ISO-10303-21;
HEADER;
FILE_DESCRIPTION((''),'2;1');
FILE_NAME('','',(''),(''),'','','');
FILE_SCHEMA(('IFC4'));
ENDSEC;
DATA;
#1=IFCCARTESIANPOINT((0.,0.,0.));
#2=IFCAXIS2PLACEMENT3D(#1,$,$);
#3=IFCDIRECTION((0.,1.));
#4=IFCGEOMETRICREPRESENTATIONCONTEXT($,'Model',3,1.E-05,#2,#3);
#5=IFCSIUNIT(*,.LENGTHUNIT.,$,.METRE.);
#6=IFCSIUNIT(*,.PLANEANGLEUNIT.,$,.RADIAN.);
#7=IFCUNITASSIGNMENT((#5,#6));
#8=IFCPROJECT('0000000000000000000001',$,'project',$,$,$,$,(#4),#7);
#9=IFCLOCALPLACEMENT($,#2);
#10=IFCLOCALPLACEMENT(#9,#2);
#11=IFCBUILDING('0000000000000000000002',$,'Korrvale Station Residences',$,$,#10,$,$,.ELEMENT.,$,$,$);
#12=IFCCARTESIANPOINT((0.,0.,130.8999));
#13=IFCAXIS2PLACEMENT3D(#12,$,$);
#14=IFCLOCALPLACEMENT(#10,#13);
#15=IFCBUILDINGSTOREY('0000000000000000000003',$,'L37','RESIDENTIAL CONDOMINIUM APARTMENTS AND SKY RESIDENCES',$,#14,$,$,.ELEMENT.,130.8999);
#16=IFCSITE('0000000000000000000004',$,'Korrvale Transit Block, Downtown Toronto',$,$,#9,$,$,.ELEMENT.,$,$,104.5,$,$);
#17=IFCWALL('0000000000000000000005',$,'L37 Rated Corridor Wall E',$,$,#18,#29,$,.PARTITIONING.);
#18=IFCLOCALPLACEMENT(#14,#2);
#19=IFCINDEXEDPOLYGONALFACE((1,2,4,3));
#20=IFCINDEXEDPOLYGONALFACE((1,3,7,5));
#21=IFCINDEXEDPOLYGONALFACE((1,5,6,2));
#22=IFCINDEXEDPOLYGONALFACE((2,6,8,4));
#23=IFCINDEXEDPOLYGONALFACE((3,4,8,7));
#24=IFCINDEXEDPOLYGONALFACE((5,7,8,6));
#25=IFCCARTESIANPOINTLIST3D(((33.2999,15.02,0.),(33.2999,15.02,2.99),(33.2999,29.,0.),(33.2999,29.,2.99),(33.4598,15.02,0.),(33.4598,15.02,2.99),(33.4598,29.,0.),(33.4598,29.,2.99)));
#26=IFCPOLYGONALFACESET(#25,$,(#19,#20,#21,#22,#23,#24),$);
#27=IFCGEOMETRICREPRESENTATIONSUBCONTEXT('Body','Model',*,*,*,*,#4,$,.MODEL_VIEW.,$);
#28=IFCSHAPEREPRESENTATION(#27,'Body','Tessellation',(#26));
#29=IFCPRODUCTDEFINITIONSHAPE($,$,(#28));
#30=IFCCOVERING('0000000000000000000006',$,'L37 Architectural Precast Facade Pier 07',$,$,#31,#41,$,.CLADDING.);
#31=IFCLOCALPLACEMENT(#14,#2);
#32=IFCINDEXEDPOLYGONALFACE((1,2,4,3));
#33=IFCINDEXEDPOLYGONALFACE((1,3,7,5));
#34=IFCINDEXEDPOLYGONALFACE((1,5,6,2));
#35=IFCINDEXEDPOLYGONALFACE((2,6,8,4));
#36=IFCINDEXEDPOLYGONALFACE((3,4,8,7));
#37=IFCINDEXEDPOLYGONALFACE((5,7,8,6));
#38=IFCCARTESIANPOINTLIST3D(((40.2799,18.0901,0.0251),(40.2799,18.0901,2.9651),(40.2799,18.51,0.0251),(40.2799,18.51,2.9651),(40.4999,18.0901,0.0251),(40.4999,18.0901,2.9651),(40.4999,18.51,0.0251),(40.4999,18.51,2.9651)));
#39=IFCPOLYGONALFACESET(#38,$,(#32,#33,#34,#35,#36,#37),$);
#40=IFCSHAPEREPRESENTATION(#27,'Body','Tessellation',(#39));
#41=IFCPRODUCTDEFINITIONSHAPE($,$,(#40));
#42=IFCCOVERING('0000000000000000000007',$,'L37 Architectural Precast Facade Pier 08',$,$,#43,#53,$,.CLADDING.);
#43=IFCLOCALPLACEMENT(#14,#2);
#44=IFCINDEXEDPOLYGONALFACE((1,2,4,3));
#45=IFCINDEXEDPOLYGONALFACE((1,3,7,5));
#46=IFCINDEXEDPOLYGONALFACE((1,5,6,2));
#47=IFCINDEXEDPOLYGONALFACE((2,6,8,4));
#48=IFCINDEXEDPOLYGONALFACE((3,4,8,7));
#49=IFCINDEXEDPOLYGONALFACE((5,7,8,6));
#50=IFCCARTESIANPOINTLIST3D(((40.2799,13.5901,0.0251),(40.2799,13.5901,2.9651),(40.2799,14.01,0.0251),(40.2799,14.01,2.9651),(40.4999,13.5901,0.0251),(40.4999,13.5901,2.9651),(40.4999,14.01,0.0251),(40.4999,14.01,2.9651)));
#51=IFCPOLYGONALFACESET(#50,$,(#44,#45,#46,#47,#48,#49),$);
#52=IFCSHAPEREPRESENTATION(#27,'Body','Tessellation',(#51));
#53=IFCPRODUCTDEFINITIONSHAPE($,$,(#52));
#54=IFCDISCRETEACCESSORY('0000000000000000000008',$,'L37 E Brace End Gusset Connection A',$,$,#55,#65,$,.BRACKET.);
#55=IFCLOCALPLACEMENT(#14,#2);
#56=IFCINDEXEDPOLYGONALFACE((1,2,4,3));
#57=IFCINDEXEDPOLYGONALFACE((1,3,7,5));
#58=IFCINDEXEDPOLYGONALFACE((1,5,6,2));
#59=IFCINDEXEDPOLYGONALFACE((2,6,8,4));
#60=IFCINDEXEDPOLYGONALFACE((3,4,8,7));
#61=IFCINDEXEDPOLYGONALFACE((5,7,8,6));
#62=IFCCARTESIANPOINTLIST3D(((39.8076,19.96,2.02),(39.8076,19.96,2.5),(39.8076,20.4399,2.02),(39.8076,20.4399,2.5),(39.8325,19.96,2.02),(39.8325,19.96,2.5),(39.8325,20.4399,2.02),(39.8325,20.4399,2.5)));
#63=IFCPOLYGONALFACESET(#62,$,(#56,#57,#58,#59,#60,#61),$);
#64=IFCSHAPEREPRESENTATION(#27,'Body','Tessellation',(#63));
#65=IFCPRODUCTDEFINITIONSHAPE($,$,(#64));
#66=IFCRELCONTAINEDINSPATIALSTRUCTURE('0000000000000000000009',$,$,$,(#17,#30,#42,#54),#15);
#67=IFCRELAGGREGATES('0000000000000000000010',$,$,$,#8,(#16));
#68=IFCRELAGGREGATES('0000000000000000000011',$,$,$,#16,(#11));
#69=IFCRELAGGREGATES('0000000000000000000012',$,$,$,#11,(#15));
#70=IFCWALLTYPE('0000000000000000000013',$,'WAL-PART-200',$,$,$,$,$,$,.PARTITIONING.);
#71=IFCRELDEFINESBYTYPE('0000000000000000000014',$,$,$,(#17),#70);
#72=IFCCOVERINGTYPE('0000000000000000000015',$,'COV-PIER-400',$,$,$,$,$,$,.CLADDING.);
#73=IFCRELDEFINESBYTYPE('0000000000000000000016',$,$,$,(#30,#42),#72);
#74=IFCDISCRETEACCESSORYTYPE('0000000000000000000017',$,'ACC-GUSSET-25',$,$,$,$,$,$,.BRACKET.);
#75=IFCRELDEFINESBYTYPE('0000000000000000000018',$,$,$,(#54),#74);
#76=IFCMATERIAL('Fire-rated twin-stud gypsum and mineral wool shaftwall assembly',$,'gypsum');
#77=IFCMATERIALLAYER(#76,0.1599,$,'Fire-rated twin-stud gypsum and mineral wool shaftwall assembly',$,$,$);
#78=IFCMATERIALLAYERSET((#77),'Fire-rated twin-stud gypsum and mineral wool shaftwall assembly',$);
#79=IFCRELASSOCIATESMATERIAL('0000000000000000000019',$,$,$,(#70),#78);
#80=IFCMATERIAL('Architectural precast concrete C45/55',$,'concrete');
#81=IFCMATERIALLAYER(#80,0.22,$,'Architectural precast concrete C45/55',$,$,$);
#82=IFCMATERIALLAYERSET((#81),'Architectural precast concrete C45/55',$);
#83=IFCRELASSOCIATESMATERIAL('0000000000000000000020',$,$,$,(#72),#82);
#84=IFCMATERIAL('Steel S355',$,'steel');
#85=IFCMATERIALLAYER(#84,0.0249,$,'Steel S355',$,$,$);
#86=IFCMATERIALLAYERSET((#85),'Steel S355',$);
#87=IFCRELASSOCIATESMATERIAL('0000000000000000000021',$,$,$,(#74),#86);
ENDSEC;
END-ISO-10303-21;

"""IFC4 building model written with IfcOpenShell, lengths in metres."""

from ifc_helpers import new_model, si_unit, direction, frame, frame_2d, origin, origin_2d, place, context, subcontext, project, spatial, rectangle, extrude, material, layer, layer_set, type_object, element, save


model = new_model("IFC4")

# Units and contexts
model_context = context("Model", 3, precision=1e-05, world=origin(), true_north=direction((0.0, 1.0)))
body_context = subcontext(model_context, "Body", "Model", "MODEL_VIEW")
ifc_project = project(units=[si_unit("LENGTHUNIT", "METRE"), si_unit("PLANEANGLEUNIT", "RADIAN")], contexts=[model_context])

# Site, building, storey
site_placement = place(None, origin())
site = spatial("IfcSite", under=ifc_project, at=site_placement, Name="Korrvale Transit Block, Downtown Toronto", CompositionType="ELEMENT", RefElevation=104.5)
building_placement = place(site_placement, origin())
building = spatial("IfcBuilding", under=site, at=building_placement, Name="Korrvale Station Residences", CompositionType="ELEMENT")
storey_placement = place(building_placement, frame((0.0, 0.0, 130.8999)))
storey = spatial("IfcBuildingStorey", under=building, at=storey_placement, Name="L37", Description="RESIDENTIAL CONDOMINIUM APARTMENTS AND SKY RESIDENCES", CompositionType="ELEMENT", Elevation=130.8999)

# Shared definitions
ifc_material_1 = material(Name="Steel S355", Category="steel")

# Shared definitions
ifc_material_2 = material(Name="Fire-rated twin-stud gypsum and mineral wool shaftwall assembly", Category="gypsum")
ifc_layer_1 = layer(ifc_material_2, 0.1599, Name="Fire-rated twin-stud gypsum and mineral wool shaftwall assembly")
ifc_layer_set_1 = layer_set([ifc_layer_1], Name="Fire-rated twin-stud gypsum and mineral wool shaftwall assembly")
wall_type_1 = type_object("IfcWallType", Name="WAL-PART-200", PredefinedType="PARTITIONING", material=ifc_layer_set_1)

# Wall
wall_1_placement = place(storey_placement, frame((33.3799, 15.02, 0.0), z_axis=(0.0, 0.0, 1.0), x_axis=(0.0, 1.0, 0.0)))
element("IfcWall", 1, at=wall_1_placement, inside=storey, type_object=wall_type_1, Name="L37 Rated Corridor Wall E", PredefinedType="PARTITIONING", context=body_context, shape_type="SweptSolid", body=[
    extrude(rectangle(XDim=13.98, YDim=0.1599, at=frame_2d((6.99, 0.0))), origin(), (0.0, 0.0, 1.0), 2.99),
])

# Coverings
ifc_material_3 = material(Name="Architectural precast concrete C45/55", Category="concrete")
ifc_layer_2 = layer(ifc_material_3, 0.22, Name="Architectural precast concrete C45/55")
ifc_layer_set_2 = layer_set([ifc_layer_2], Name="Architectural precast concrete C45/55")
covering_type = type_object("IfcCoveringType", Name="COV-PIER-400", PredefinedType="CLADDING", material=ifc_layer_set_2)
for number, where, z_axis, x_axis, name in (
    (2, (40.3899, 18.3, 0.0251), (0.0, 0.0, 1.0), (0.0, 1.0, 0.0), "L37 Architectural Precast Facade Pier 07"),
    (3, (40.3899, 13.8, 0.0251), (0.0, 0.0, 1.0), (0.0, 1.0, 0.0), "L37 Architectural Precast Facade Pier 08"),
):
    element("IfcCovering", number, at=place(storey_placement, frame(where, z_axis=z_axis, x_axis=x_axis)), inside=storey, type_object=covering_type, Name=name, PredefinedType="CLADDING", context=body_context, shape_type="SweptSolid", body=[
        extrude(rectangle(XDim=0.4199, YDim=0.22, at=origin_2d()), origin(), (0.0, 0.0, 1.0), 2.9399),
    ])

# Discrete accessory
ifc_layer_3 = layer(ifc_material_1, 0.0249, Name="Steel S355")
ifc_layer_set_3 = layer_set([ifc_layer_3], Name="Steel S355")
discrete_accessory_type = type_object("IfcDiscreteAccessoryType", Name="ACC-GUSSET-25", PredefinedType="BRACKET", material=ifc_layer_set_3)
discrete_accessory_placement = place(storey_placement, frame((39.8201, 20.2, 2.02), z_axis=(0.0, 0.0, 1.0), x_axis=(0.0, 1.0, 0.0)))
element("IfcDiscreteAccessory", 4, at=discrete_accessory_placement, inside=storey, type_object=discrete_accessory_type, Name="L37 E Brace End Gusset Connection A", PredefinedType="BRACKET", context=body_context, shape_type="SweptSolid", body=[
    extrude(rectangle(XDim=0.48, YDim=0.0249, at=origin_2d()), origin(), (0.0, 0.0, 1.0), 0.48),
])

save(model, "model.ifc")
